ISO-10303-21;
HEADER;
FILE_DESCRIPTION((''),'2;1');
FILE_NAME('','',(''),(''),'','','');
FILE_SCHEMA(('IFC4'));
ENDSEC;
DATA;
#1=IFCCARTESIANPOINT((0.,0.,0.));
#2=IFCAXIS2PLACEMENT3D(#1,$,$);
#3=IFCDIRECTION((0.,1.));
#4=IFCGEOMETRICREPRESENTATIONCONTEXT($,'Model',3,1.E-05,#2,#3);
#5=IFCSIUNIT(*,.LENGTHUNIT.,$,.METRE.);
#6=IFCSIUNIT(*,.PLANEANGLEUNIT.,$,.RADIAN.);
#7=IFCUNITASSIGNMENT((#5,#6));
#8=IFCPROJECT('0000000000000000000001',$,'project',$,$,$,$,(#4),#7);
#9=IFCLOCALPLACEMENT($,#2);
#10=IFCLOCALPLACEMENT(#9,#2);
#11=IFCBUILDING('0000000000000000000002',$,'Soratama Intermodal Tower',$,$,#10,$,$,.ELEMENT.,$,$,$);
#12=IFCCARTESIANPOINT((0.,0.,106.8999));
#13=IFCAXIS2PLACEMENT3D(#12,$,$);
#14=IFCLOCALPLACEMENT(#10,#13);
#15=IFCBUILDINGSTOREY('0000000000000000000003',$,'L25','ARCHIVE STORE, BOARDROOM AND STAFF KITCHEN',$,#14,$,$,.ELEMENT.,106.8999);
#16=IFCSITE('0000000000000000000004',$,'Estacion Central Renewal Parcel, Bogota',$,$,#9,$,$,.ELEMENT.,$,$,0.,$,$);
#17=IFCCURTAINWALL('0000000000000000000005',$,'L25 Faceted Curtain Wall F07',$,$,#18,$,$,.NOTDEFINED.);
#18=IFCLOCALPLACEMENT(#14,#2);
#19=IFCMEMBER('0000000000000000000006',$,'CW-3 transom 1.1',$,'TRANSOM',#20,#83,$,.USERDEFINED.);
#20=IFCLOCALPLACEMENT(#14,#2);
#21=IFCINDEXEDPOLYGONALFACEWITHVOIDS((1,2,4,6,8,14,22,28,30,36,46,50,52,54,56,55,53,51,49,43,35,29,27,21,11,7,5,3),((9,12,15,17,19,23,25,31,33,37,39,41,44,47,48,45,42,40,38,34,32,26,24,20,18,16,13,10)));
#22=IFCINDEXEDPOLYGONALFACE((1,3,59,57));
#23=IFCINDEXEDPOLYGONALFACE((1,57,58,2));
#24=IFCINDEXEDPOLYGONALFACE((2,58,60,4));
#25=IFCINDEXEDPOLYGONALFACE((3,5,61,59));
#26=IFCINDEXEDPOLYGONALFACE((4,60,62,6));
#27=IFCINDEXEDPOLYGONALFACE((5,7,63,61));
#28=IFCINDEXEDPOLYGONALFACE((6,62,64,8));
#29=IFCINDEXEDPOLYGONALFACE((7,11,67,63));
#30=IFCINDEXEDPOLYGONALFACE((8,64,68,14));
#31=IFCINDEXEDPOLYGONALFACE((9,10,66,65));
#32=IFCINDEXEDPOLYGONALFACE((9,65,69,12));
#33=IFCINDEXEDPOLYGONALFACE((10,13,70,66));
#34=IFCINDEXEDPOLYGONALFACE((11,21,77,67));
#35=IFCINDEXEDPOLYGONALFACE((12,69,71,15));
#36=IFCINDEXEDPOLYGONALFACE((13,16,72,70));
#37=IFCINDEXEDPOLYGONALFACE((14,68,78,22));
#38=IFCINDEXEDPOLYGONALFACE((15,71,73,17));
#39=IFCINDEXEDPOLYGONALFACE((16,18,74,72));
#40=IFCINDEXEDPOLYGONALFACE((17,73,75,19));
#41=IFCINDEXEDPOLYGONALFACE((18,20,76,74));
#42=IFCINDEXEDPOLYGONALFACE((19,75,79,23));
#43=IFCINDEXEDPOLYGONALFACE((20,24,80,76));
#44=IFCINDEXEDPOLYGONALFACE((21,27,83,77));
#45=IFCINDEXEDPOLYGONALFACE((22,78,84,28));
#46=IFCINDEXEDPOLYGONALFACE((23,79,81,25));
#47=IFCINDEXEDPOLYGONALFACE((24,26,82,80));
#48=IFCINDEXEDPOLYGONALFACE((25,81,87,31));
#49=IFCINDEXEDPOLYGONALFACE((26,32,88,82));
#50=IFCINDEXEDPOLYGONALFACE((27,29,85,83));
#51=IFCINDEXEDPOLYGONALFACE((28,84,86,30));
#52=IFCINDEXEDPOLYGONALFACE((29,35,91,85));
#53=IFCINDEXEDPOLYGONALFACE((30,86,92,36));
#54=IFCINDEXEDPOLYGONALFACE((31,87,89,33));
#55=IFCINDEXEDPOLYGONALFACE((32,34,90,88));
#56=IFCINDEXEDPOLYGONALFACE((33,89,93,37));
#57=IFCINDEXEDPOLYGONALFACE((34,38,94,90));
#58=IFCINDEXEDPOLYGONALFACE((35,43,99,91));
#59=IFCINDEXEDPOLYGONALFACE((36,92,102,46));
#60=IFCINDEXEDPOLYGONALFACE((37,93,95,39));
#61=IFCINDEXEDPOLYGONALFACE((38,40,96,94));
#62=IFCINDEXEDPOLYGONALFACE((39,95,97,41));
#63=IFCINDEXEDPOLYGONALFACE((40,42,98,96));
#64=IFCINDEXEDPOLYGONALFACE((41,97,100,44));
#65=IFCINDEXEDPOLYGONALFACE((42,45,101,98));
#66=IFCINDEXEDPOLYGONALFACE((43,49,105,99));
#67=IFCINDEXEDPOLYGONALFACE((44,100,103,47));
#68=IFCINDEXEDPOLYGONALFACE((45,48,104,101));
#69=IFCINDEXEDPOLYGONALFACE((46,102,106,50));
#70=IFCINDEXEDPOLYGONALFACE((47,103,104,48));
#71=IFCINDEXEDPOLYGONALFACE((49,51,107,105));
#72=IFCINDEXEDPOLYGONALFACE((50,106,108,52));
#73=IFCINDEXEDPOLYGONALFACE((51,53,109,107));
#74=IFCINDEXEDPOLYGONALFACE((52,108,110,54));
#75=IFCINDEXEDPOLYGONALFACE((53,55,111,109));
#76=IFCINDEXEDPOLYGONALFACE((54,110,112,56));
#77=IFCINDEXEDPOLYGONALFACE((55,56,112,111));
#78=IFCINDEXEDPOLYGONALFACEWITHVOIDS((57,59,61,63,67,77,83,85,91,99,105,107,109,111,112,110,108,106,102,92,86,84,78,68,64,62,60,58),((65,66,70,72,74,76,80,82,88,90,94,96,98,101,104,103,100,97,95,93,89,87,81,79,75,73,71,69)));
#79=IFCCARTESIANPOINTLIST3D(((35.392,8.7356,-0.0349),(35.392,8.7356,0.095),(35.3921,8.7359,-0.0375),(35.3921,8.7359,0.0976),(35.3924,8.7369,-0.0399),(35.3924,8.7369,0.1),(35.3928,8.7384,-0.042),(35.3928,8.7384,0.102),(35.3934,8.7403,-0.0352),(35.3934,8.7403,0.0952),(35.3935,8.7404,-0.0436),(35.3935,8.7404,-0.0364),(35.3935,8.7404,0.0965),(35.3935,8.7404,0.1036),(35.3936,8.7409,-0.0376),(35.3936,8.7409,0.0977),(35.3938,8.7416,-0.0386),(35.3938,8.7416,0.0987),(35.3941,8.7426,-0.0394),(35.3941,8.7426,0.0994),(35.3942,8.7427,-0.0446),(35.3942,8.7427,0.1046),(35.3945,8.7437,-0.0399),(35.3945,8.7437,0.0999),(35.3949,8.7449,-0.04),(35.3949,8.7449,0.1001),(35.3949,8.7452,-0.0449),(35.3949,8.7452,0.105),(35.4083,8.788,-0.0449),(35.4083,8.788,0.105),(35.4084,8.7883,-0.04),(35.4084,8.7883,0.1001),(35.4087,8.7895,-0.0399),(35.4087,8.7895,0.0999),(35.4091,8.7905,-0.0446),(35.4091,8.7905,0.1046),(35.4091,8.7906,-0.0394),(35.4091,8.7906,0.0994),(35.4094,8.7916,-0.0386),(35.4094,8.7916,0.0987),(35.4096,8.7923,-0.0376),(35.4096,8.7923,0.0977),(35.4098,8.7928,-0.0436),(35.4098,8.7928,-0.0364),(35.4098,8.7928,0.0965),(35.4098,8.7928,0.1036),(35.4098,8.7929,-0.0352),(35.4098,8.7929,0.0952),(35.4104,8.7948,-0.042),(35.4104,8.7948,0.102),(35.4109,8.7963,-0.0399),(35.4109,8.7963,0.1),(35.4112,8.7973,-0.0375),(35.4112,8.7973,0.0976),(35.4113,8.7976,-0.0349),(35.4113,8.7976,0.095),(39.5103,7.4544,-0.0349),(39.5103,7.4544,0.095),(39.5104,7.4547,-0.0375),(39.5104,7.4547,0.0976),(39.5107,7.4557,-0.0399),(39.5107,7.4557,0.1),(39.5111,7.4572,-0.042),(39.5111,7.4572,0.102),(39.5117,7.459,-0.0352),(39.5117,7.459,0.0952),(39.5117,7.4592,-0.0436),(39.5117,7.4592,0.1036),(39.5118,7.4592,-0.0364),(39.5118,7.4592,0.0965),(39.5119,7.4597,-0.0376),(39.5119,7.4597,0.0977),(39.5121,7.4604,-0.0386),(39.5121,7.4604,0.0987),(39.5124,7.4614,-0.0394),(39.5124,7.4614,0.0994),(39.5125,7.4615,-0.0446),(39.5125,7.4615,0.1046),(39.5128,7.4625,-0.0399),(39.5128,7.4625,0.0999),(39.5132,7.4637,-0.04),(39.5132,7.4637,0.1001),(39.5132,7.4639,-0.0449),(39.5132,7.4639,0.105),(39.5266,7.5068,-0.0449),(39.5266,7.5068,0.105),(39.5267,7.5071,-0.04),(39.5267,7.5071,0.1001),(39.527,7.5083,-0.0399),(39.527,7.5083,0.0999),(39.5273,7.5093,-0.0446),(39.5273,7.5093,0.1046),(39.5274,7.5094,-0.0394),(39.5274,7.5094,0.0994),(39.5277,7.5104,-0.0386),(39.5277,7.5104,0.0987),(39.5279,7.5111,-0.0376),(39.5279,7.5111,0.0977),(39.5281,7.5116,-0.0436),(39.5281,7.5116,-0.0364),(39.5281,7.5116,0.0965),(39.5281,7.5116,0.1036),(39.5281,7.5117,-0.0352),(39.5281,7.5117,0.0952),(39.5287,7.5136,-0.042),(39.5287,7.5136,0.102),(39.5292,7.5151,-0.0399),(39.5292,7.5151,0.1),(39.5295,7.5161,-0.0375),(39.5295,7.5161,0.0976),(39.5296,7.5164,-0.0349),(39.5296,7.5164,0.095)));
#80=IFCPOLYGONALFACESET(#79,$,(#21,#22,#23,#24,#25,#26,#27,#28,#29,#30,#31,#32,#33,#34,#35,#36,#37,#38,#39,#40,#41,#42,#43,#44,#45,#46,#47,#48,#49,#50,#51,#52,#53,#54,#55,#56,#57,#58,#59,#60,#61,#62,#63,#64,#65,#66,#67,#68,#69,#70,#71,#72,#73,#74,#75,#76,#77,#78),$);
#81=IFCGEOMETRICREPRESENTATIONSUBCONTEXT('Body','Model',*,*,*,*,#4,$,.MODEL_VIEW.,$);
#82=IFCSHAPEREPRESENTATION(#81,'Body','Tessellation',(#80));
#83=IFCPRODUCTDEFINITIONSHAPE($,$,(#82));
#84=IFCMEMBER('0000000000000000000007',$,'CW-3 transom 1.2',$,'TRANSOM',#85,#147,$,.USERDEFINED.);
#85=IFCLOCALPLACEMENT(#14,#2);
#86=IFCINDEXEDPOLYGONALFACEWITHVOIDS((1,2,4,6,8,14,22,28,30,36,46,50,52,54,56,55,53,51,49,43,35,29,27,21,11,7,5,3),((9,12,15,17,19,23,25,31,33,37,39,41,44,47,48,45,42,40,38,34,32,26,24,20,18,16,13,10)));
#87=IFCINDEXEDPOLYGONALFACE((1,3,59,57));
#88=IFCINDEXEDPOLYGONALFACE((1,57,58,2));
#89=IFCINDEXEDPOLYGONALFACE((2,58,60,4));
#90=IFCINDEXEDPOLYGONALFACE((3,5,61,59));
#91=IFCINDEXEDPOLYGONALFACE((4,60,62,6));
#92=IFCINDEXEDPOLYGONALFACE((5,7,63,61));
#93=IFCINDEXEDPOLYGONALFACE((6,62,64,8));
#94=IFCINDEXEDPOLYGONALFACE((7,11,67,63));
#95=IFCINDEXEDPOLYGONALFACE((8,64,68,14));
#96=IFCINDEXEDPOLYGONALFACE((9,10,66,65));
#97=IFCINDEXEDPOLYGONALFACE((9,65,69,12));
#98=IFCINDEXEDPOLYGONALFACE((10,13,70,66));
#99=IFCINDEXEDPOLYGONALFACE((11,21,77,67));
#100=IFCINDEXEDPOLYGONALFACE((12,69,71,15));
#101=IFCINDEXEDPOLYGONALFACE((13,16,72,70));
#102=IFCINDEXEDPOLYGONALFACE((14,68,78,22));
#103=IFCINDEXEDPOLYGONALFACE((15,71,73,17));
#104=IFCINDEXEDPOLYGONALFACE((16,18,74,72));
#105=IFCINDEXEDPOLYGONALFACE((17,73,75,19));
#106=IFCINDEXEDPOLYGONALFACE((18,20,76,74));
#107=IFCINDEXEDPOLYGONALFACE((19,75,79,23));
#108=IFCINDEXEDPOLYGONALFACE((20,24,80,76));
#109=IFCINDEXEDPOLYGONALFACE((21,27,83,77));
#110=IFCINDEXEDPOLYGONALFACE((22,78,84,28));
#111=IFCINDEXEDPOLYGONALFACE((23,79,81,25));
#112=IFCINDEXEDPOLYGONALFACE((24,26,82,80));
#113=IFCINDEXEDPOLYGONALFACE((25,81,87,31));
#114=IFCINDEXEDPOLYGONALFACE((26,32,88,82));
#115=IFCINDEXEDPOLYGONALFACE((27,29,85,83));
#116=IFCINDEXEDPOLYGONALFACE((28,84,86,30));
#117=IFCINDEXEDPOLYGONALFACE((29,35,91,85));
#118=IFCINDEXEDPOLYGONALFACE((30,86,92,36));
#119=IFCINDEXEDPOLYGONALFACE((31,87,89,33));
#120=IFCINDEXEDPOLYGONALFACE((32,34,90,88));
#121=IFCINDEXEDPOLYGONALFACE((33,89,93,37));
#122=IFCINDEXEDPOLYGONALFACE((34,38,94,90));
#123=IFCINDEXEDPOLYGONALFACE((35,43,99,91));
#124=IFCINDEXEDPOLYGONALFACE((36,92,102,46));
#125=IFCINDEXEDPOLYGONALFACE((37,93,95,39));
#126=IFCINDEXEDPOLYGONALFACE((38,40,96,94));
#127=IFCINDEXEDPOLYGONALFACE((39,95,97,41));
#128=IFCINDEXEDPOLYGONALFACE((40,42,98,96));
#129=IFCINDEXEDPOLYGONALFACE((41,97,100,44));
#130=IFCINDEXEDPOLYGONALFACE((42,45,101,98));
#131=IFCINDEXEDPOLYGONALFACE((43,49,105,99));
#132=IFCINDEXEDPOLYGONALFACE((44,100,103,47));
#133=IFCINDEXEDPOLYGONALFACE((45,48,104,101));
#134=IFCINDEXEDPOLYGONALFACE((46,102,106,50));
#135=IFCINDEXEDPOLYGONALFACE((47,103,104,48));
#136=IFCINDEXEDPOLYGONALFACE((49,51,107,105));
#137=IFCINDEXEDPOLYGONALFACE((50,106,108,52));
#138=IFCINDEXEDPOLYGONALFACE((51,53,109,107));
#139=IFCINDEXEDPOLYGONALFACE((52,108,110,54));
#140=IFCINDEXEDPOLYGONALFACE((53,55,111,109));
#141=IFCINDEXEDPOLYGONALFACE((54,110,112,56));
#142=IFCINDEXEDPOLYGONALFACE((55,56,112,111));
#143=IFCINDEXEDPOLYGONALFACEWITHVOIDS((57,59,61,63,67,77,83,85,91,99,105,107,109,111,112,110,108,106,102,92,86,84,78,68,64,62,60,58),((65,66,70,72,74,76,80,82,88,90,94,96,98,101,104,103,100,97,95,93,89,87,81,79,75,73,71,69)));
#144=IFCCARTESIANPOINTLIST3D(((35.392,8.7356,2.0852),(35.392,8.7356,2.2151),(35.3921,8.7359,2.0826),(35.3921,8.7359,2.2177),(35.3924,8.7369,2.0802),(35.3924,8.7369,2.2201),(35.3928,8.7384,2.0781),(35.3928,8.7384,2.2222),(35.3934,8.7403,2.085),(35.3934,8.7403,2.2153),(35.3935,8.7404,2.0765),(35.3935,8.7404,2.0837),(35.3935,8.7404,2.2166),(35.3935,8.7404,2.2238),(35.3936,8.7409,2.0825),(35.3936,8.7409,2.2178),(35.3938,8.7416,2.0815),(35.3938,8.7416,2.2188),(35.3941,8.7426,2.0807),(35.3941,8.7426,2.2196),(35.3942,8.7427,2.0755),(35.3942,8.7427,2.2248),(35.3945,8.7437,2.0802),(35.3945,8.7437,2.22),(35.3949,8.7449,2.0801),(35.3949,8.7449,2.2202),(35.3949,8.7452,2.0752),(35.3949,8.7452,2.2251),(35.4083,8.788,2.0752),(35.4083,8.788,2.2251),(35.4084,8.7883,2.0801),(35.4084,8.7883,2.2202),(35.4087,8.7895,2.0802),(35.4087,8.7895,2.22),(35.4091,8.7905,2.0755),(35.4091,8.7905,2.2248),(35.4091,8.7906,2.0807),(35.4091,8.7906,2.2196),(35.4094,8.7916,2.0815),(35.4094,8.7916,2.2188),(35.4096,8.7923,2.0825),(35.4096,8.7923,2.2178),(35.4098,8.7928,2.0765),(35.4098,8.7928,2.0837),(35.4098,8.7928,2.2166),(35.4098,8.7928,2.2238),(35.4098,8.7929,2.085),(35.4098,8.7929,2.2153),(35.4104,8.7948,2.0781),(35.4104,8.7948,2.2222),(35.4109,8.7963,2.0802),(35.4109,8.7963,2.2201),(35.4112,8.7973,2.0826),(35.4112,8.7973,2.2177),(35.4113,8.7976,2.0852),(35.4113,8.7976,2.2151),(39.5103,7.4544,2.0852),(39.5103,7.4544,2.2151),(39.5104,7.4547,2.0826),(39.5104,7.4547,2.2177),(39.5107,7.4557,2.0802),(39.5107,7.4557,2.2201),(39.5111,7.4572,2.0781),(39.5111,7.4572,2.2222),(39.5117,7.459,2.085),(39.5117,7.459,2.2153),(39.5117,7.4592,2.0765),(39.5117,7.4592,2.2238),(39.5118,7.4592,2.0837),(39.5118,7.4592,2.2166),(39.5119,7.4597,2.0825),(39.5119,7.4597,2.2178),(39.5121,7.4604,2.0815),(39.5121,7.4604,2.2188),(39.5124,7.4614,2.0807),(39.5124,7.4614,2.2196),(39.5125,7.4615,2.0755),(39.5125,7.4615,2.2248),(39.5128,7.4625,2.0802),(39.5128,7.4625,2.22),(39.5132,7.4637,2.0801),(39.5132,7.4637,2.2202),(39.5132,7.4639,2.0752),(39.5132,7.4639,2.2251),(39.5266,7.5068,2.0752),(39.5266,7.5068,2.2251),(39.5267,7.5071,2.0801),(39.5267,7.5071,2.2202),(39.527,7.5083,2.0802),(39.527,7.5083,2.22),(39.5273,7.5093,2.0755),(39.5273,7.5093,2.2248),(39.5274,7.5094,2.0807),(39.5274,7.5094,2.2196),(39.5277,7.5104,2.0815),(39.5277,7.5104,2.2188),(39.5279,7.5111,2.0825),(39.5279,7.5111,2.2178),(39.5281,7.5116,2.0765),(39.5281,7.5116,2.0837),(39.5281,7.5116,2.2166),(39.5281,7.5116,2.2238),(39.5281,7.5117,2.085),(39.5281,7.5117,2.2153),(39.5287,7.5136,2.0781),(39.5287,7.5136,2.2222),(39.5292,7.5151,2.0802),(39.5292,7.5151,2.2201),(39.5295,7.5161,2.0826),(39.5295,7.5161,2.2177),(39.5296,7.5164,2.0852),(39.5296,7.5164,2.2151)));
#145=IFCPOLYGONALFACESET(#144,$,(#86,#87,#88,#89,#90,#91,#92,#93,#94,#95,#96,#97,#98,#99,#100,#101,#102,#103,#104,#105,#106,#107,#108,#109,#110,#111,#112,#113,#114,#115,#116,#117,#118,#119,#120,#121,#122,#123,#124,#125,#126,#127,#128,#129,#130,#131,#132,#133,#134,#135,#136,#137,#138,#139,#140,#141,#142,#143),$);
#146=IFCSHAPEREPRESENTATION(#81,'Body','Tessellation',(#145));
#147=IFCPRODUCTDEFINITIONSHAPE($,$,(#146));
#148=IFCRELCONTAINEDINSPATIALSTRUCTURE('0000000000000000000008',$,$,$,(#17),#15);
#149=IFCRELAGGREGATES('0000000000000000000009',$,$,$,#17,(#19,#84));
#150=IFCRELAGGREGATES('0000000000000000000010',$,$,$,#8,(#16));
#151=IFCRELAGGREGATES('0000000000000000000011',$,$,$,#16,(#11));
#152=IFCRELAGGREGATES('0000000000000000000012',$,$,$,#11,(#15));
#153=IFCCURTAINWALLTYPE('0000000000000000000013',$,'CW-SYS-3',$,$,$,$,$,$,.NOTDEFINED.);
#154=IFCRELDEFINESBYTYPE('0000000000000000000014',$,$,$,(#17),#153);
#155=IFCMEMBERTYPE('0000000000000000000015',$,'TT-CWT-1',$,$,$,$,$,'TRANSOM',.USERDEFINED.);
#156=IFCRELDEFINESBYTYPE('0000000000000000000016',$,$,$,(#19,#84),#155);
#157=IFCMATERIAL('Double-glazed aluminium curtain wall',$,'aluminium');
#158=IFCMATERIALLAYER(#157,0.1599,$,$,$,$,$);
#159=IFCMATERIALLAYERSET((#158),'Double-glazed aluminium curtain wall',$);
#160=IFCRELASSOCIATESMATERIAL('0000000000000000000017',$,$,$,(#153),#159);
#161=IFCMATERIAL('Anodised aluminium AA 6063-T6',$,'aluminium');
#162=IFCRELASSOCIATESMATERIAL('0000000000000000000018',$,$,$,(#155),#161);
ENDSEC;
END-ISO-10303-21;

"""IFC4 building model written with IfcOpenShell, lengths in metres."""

from ifc_helpers import new_model, si_unit, direction, frame, origin, origin_2d, place, context, subcontext, project, spatial, hollow_rectangle, extrude, material, layer, layer_set, material_profile, profile_set, type_object, element, aggregate, save


model = new_model("IFC4")

# Units and contexts
model_context = context("Model", 3, precision=1e-05, world=origin(), true_north=direction((0.0, 1.0)))
body_context = subcontext(model_context, "Body", "Model", "MODEL_VIEW")
ifc_project = project(units=[si_unit("LENGTHUNIT", "METRE"), si_unit("PLANEANGLEUNIT", "RADIAN")], contexts=[model_context])

# Site, building, storey
site_placement = place(None, origin())
site = spatial("IfcSite", under=ifc_project, at=site_placement, Name="Estacion Central Renewal Parcel, Bogota", CompositionType="ELEMENT", RefElevation=0.0)
building_placement = place(site_placement, origin())
building = spatial("IfcBuilding", under=site, at=building_placement, Name="Soratama Intermodal Tower", CompositionType="ELEMENT")
storey_placement = place(building_placement, frame((0.0, 0.0, 106.8999)))
storey = spatial("IfcBuildingStorey", under=building, at=storey_placement, Name="L25", Description="ARCHIVE STORE, BOARDROOM AND STAFF KITCHEN", CompositionType="ELEMENT", Elevation=106.8999)

# Curtain wall, members
ifc_material_1 = material(Name="Double-glazed aluminium curtain wall", Category="aluminium")
ifc_layer_1 = layer(ifc_material_1, 0.1599)
ifc_layer_set_1 = layer_set([ifc_layer_1], Name="Double-glazed aluminium curtain wall")
curtain_wall_type = type_object("IfcCurtainWallType", Name="CW-SYS-3", PredefinedType="NOTDEFINED", material=ifc_layer_set_1)
curtain_wall_placement = place(storey_placement, origin())
curtain_wall = element("IfcCurtainWall", 1, at=curtain_wall_placement, inside=storey, type_object=curtain_wall_type, Name="L25 Faceted Curtain Wall F07", PredefinedType="NOTDEFINED")
ifc_material_2 = material(Name="Anodised aluminium AA 6063-T6", Category="aluminium")
ifc_material_profile_1 = material_profile(ifc_material_2, hollow_rectangle(XDim=0.0649, YDim=0.1499, WallThickness=0.0049, InnerFilletRadius=0.0049, OuterFilletRadius=0.01, at=origin_2d()), Name="CWT150X65X5")
ifc_profile_set_1 = profile_set([ifc_material_profile_1], Name="Anodised aluminium AA 6063-T6")
member_type_1 = type_object("IfcMemberType", Name="TT-CWT-1", ElementType="TRANSOM", PredefinedType="USERDEFINED", material=ifc_profile_set_1)
member_1_placement = place(storey_placement, frame((35.4016, 8.7666, 0.03), z_axis=(0.954859, -0.29706, 0.0), x_axis=(0.29706, 0.954859, 0.0)))
member_1 = element("IfcMember", 2, at=member_1_placement, type_object=member_type_1, Name="CW-3 transom 1.1", ObjectType="TRANSOM", PredefinedType="USERDEFINED", context=body_context, shape_type="SweptSolid", body=[
    extrude(hollow_rectangle(XDim=0.0649, YDim=0.1499, WallThickness=0.0049, InnerFilletRadius=0.0049, OuterFilletRadius=0.01, at=origin_2d()), origin(), (0.0, 0.0, 1.0), 4.313),
])
member_2_placement = place(storey_placement, frame((35.4016, 8.7666, 2.1501), z_axis=(0.954859, -0.29706, 0.0), x_axis=(0.29706, 0.954859, 0.0)))
member_2 = element("IfcMember", 3, at=member_2_placement, type_object=member_type_1, Name="CW-3 transom 1.2", ObjectType="TRANSOM", PredefinedType="USERDEFINED", context=body_context, shape_type="SweptSolid", body=[
    extrude(hollow_rectangle(XDim=0.0649, YDim=0.1499, WallThickness=0.0049, InnerFilletRadius=0.0049, OuterFilletRadius=0.01, at=origin_2d()), origin(), (0.0, 0.0, 1.0), 4.313),
])
aggregate(curtain_wall, [member_1, member_2])

save(model, "model.ifc")
